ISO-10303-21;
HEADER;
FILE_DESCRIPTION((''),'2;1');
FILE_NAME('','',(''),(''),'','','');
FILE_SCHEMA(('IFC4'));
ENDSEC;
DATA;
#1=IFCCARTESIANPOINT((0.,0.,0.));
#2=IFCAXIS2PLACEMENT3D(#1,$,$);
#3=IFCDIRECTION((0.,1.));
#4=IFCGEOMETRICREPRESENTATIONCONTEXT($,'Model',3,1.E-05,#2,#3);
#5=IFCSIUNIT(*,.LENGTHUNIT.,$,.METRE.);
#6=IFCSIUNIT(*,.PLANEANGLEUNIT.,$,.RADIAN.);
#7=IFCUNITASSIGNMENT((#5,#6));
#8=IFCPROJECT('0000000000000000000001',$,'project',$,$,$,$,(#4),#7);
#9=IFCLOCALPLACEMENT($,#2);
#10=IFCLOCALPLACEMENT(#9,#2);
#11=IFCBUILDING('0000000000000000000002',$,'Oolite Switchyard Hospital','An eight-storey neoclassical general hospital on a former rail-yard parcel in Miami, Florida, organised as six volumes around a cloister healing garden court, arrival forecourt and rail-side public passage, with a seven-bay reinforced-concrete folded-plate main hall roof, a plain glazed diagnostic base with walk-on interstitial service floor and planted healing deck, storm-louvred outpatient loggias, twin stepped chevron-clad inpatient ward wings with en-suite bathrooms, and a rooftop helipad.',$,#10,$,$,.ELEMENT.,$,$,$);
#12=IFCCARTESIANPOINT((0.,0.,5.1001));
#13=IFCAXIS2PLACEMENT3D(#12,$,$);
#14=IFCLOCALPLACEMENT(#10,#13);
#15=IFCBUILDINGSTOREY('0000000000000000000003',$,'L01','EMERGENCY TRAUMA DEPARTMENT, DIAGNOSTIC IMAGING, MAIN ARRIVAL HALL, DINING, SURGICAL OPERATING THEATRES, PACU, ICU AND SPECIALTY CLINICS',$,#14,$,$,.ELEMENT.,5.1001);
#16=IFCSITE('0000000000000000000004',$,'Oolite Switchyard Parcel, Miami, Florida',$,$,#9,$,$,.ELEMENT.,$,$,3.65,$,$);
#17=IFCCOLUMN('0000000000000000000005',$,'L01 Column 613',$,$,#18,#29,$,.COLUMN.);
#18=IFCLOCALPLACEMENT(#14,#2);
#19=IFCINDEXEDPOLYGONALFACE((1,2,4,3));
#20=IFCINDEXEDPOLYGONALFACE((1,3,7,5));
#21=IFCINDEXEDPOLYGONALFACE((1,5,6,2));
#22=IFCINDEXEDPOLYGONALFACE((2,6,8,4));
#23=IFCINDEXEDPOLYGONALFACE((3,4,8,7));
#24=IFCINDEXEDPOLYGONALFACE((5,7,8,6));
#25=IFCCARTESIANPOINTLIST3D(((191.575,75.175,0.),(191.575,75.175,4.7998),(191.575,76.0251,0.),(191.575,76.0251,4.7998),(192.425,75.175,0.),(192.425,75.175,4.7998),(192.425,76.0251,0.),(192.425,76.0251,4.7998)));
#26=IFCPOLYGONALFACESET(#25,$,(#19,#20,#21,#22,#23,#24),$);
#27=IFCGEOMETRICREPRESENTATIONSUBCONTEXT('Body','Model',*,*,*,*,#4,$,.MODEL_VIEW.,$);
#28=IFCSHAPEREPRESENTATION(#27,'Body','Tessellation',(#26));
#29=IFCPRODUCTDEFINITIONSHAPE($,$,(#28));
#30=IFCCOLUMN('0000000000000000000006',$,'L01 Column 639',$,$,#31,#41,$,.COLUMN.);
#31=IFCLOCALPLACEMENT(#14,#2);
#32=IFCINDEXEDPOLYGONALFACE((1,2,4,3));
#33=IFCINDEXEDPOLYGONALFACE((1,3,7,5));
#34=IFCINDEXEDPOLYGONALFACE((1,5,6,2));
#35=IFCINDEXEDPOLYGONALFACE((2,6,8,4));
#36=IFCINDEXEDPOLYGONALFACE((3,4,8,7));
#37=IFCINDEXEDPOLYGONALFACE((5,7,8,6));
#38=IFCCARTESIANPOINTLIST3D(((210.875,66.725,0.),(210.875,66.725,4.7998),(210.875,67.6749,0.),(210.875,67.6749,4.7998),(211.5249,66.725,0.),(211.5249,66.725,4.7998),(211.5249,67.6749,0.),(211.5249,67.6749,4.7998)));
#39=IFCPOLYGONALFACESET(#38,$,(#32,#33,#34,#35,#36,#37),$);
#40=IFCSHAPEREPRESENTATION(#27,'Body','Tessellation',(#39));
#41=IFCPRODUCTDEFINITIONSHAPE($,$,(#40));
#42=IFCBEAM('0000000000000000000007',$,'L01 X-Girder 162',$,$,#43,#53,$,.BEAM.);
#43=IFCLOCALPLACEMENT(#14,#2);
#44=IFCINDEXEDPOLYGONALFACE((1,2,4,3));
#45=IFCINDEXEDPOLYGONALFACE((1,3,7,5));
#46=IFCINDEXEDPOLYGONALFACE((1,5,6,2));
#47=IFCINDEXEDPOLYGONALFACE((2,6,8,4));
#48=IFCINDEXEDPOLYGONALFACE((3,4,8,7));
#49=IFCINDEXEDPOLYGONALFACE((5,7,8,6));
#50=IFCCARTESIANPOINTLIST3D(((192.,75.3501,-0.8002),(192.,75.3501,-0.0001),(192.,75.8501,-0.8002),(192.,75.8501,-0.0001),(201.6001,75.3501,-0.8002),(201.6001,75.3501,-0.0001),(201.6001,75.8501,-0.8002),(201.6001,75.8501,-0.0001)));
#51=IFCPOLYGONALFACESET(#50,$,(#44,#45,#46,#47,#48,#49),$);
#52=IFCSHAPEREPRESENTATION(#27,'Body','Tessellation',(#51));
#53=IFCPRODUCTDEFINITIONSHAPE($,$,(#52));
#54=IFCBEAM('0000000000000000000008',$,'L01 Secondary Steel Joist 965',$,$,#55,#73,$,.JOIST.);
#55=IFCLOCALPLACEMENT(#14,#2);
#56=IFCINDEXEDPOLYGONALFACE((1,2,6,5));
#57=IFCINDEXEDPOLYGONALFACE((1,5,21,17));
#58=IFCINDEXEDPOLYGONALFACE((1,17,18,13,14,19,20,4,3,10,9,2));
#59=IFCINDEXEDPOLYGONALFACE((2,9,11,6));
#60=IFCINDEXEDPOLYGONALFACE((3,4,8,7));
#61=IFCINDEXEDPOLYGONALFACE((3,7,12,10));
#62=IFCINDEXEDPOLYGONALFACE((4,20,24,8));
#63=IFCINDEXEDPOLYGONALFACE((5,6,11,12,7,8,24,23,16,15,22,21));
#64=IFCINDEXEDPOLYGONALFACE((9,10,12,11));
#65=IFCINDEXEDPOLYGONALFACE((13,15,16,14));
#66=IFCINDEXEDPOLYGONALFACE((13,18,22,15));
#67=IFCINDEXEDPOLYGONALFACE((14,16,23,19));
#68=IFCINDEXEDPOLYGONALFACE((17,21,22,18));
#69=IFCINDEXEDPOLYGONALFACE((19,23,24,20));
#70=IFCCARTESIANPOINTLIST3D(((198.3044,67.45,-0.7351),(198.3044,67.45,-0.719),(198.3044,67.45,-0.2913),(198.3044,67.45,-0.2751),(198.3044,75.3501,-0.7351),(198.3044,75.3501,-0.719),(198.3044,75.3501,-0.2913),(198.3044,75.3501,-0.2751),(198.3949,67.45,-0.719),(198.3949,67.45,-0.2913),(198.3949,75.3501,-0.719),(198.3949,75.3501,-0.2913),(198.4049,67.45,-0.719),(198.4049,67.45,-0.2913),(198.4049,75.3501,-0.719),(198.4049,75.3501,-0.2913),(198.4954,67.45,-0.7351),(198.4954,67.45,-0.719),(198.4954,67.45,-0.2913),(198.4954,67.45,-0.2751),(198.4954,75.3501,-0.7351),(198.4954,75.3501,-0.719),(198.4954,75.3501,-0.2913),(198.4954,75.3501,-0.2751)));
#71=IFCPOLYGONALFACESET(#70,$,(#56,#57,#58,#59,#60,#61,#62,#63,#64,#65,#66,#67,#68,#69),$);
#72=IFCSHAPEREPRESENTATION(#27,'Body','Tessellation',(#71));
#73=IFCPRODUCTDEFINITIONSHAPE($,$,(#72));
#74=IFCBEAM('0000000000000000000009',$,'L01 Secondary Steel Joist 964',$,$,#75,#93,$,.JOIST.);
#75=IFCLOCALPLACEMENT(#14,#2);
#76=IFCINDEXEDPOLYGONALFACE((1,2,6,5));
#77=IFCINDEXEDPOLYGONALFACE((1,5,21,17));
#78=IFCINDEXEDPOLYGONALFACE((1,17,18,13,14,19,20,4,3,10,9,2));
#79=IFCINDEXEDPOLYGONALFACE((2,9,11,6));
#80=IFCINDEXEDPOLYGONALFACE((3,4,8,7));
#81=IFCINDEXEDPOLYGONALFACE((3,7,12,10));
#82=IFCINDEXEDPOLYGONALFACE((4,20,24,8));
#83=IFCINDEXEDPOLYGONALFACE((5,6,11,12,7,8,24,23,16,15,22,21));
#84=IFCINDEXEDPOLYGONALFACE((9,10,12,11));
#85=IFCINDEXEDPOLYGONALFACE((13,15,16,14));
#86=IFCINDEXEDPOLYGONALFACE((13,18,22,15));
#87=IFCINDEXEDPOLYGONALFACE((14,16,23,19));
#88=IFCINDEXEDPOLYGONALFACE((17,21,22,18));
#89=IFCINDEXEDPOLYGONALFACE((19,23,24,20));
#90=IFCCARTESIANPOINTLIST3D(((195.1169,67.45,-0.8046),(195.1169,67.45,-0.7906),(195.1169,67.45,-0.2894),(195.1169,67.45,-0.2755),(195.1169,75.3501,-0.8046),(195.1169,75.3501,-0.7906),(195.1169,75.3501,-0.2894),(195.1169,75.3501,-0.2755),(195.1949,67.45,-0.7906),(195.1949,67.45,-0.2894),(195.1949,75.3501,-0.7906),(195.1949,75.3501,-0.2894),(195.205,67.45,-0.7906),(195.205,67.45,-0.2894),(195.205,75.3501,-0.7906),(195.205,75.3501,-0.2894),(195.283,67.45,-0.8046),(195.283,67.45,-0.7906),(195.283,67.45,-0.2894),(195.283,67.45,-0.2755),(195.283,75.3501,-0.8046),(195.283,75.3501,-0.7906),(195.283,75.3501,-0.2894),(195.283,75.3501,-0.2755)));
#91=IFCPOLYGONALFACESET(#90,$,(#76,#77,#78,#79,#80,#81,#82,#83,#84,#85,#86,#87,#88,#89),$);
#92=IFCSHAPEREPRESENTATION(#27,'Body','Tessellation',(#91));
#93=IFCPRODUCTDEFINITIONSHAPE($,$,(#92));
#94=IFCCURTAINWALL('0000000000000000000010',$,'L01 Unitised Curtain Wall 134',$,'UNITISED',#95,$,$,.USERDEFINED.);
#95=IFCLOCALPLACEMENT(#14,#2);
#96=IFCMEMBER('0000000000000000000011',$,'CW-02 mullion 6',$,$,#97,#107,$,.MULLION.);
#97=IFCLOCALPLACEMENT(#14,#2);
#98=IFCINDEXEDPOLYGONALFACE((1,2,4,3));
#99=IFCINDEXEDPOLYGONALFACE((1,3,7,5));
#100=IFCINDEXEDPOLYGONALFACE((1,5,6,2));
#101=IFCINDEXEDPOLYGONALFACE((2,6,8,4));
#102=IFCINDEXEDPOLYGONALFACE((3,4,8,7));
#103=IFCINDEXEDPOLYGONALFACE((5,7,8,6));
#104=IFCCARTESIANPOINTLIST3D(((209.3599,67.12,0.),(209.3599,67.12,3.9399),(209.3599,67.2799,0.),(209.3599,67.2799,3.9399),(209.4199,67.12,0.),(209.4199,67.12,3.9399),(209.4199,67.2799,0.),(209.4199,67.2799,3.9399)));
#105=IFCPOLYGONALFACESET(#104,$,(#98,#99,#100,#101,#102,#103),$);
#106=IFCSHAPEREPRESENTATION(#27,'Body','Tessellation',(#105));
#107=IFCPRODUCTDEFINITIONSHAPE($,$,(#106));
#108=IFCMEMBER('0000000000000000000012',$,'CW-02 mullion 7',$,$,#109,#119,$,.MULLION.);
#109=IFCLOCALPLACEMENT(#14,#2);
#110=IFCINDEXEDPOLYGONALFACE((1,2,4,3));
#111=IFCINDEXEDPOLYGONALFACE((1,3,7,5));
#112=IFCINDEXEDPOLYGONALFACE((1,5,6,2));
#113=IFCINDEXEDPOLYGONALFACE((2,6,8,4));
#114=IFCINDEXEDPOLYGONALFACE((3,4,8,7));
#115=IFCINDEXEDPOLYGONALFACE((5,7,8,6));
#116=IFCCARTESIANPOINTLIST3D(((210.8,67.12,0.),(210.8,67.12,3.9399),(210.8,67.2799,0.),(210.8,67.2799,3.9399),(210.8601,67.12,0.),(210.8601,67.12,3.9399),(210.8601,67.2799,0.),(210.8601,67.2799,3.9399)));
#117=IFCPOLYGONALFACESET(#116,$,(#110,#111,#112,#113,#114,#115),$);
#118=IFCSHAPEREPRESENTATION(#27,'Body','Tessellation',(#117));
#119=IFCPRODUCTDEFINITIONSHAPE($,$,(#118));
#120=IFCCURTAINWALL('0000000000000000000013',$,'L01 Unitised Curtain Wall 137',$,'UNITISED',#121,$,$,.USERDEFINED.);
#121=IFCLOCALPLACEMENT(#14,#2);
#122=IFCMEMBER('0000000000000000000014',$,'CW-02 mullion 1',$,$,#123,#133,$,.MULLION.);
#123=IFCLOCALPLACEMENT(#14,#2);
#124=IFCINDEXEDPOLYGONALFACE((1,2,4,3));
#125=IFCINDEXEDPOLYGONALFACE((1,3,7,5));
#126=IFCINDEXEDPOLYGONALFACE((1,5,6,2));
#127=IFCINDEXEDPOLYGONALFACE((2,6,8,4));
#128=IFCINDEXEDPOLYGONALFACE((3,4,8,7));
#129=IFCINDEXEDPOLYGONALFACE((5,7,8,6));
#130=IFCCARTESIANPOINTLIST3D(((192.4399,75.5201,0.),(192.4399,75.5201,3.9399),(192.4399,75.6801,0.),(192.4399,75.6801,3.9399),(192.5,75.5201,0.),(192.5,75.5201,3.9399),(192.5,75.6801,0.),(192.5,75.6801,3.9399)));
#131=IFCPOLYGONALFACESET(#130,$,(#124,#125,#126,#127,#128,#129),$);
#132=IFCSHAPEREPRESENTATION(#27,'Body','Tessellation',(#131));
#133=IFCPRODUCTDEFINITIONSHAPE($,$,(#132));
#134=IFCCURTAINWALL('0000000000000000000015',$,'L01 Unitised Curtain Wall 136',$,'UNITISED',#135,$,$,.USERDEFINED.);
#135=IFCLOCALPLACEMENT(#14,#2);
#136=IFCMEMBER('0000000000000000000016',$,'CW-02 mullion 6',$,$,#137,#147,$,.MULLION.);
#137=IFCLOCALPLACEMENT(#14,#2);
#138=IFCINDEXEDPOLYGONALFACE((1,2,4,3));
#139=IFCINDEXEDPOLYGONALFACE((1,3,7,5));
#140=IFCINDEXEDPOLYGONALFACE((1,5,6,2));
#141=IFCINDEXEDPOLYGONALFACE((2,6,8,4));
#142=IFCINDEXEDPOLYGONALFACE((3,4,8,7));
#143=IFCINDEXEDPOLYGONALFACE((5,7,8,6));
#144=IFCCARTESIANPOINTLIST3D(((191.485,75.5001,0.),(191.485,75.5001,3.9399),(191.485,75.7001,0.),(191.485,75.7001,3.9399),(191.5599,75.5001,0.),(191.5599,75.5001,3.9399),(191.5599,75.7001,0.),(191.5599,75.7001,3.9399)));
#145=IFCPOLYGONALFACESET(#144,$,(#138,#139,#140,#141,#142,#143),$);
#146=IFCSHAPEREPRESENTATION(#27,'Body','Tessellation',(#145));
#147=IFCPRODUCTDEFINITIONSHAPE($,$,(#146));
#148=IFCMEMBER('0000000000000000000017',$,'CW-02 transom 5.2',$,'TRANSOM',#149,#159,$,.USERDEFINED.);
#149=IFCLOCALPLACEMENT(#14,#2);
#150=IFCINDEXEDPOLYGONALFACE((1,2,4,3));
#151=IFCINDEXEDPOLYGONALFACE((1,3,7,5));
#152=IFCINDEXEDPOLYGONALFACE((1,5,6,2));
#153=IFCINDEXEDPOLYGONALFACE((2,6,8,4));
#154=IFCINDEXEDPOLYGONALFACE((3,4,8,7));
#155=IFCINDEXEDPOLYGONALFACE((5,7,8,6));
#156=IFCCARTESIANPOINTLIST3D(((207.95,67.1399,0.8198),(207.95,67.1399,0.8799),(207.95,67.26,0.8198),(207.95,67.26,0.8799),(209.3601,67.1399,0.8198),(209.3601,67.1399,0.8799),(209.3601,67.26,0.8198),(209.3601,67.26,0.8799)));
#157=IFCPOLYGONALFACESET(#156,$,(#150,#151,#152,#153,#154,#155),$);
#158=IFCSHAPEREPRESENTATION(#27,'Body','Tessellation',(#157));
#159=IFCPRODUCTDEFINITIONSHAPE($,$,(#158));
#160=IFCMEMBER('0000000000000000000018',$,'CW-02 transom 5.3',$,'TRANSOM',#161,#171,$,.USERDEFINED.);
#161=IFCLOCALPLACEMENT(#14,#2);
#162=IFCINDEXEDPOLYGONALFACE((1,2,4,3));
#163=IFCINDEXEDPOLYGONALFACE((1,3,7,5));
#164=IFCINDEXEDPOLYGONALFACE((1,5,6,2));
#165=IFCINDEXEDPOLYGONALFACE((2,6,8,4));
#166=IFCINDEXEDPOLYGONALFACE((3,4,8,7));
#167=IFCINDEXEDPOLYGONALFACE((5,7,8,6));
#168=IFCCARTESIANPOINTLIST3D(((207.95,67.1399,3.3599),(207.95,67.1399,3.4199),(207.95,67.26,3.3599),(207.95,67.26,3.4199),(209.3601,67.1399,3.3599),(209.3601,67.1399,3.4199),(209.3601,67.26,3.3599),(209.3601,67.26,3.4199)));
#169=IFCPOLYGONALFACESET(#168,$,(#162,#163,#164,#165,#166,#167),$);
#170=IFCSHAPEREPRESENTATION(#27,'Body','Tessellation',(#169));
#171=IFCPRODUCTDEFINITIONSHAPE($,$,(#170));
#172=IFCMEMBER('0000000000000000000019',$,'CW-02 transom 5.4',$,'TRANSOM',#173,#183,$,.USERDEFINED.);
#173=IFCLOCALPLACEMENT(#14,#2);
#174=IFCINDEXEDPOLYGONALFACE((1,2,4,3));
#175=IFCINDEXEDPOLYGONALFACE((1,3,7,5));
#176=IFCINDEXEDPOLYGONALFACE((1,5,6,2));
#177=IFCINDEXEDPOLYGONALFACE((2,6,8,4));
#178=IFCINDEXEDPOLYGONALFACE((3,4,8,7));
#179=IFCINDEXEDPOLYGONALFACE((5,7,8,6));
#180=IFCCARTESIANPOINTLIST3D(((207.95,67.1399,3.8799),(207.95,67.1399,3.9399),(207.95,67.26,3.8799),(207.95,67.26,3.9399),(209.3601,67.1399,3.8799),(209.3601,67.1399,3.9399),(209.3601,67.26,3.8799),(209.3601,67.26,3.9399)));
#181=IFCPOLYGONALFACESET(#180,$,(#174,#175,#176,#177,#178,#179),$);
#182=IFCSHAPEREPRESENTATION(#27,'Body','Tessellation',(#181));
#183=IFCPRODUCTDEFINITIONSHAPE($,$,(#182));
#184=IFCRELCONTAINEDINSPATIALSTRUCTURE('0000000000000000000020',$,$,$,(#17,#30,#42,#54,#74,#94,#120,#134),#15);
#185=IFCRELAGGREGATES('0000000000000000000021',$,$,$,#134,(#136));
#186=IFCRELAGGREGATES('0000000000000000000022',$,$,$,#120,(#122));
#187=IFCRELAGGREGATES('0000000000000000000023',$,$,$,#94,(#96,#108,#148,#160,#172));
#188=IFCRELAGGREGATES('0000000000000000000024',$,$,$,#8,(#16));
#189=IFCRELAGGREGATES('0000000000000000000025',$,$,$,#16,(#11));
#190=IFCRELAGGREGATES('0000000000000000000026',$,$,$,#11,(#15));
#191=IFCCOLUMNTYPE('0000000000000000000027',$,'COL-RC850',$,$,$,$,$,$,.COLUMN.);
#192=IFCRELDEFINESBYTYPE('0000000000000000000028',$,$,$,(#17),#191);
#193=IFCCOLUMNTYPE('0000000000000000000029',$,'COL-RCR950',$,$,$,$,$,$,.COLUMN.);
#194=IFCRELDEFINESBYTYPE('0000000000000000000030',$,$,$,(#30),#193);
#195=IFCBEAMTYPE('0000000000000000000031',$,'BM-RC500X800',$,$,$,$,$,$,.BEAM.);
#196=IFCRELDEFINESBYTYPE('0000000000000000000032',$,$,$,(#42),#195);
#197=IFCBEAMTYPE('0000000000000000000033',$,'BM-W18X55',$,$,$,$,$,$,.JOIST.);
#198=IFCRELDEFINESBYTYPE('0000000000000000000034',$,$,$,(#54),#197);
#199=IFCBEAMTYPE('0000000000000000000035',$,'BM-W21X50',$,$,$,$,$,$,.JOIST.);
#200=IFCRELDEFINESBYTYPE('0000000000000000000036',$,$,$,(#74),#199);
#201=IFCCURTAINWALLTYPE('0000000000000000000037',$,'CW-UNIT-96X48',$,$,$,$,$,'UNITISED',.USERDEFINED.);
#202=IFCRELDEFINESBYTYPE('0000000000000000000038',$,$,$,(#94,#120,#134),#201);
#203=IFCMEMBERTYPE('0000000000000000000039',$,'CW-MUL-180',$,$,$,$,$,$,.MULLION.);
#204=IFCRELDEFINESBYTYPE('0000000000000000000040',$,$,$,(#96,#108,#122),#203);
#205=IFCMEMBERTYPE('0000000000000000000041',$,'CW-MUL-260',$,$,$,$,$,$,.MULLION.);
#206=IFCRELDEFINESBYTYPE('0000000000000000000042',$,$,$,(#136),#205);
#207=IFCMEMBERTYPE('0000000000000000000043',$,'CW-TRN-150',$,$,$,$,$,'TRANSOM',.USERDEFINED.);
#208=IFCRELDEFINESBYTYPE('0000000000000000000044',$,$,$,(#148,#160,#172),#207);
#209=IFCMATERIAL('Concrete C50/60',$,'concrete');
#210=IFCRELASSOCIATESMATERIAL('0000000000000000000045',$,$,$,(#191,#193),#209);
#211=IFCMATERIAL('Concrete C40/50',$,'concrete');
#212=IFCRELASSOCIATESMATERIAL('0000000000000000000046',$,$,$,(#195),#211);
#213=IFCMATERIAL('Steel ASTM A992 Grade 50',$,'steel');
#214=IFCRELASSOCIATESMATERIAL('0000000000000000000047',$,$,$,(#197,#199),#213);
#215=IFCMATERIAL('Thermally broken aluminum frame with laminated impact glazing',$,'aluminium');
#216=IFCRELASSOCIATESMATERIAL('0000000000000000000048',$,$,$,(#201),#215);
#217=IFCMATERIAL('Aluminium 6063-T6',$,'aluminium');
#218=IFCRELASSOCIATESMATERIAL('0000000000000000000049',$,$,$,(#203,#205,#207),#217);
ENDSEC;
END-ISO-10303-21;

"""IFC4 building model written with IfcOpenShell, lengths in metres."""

from ifc_helpers import new_model, si_unit, direction, frame, origin, origin_2d, place, context, subcontext, project, spatial, rectangle, i_section, extrude, material, material_profile, profile_set, type_object, element, aggregate, save


model = new_model("IFC4")

# Units and contexts
model_context = context("Model", 3, precision=1e-05, world=origin(), true_north=direction((0.0, 1.0)))
body_context = subcontext(model_context, "Body", "Model", "MODEL_VIEW")
ifc_project = project(units=[si_unit("LENGTHUNIT", "METRE"), si_unit("PLANEANGLEUNIT", "RADIAN")], contexts=[model_context])

# Site, building, storey
site_placement = place(None, origin())
site = spatial("IfcSite", under=ifc_project, at=site_placement, Name="Oolite Switchyard Parcel, Miami, Florida", CompositionType="ELEMENT", RefElevation=3.65)
building_placement = place(site_placement, origin())
building = spatial("IfcBuilding", under=site, at=building_placement, Name="Oolite Switchyard Hospital", Description="An eight-storey neoclassical general hospital on a former rail-yard parcel in Miami, Florida, organised as six volumes around a cloister healing garden court, arrival forecourt and rail-side public passage, with a seven-bay reinforced-concrete folded-plate main hall roof, a plain glazed diagnostic base with walk-on interstitial service floor and planted healing deck, storm-louvred outpatient loggias, twin stepped chevron-clad inpatient ward wings with en-suite bathrooms, and a rooftop helipad.", CompositionType="ELEMENT")
storey_placement = place(building_placement, frame((0.0, 0.0, 5.1001)))
storey = spatial("IfcBuildingStorey", under=building, at=storey_placement, Name="L01", Description="EMERGENCY TRAUMA DEPARTMENT, DIAGNOSTIC IMAGING, MAIN ARRIVAL HALL, DINING, SURGICAL OPERATING THEATRES, PACU, ICU AND SPECIALTY CLINICS", CompositionType="ELEMENT", Elevation=5.1001)

# Columns
ifc_material_1 = material(Name="Concrete C50/60", Category="concrete")
ifc_material_profile_1 = material_profile(ifc_material_1, rectangle(XDim=0.8501, YDim=0.8501, at=origin_2d()), Name="RC850X850")
ifc_profile_set_1 = profile_set([ifc_material_profile_1], Name="Concrete C50/60")
column_type_1 = type_object("IfcColumnType", Name="COL-RC850", PredefinedType="COLUMN", material=ifc_profile_set_1)
column_1_placement = place(storey_placement, frame((192.0, 75.6001, 0.0), z_axis=(0.0, 0.0, 1.0), x_axis=(1.0, 0.0, 0.0)))
element("IfcColumn", 1, at=column_1_placement, inside=storey, type_object=column_type_1, Name="L01 Column 613", PredefinedType="COLUMN", context=body_context, shape_type="SweptSolid", body=[
    extrude(rectangle(XDim=0.8501, YDim=0.8501, at=origin_2d()), origin(), (0.0, 0.0, 1.0), 4.7998),
])
ifc_material_profile_2 = material_profile(ifc_material_1, rectangle(XDim=0.95, YDim=0.6499, at=origin_2d()), Name="RC950X650")
ifc_profile_set_2 = profile_set([ifc_material_profile_2], Name="Concrete C50/60")
column_type_2 = type_object("IfcColumnType", Name="COL-RCR950", PredefinedType="COLUMN", material=ifc_profile_set_2)
column_2_placement = place(storey_placement, frame((211.2, 67.2, 0.0), z_axis=(0.0, 0.0, 1.0), x_axis=(0.0, 1.0, 0.0)))
element("IfcColumn", 2, at=column_2_placement, inside=storey, type_object=column_type_2, Name="L01 Column 639", PredefinedType="COLUMN", context=body_context, shape_type="SweptSolid", body=[
    extrude(rectangle(XDim=0.95, YDim=0.6499, at=origin_2d()), origin(), (0.0, 0.0, 1.0), 4.7998),
])

# Beams
ifc_material_2 = material(Name="Concrete C40/50", Category="concrete")
ifc_material_profile_3 = material_profile(ifc_material_2, rectangle(XDim=0.5, YDim=0.8, at=origin_2d()), Name="RCB500X800")
ifc_profile_set_3 = profile_set([ifc_material_profile_3], Name="Concrete C40/50")
beam_type_1 = type_object("IfcBeamType", Name="BM-RC500X800", PredefinedType="BEAM", material=ifc_profile_set_3)
beam_1_placement = place(storey_placement, frame((192.0, 75.6001, -0.4001), z_axis=(1.0, 0.0, 0.0), x_axis=(0.0, 1.0, 0.0)))
element("IfcBeam", 3, at=beam_1_placement, inside=storey, type_object=beam_type_1, Name="L01 X-Girder 162", PredefinedType="BEAM", context=body_context, shape_type="SweptSolid", body=[
    extrude(rectangle(XDim=0.5, YDim=0.8, at=origin_2d()), origin(), (0.0, 0.0, 1.0), 9.6001),
])
ifc_material_3 = material(Name="Steel ASTM A992 Grade 50", Category="steel")
ifc_material_profile_4 = material_profile(ifc_material_3, i_section(OverallWidth=0.1909, OverallDepth=0.46, WebThickness=0.01, FlangeThickness=0.0161, at=origin_2d()), Name="W18X55")
ifc_profile_set_4 = profile_set([ifc_material_profile_4], Name="Steel ASTM A992 Grade 50")
beam_type_2 = type_object("IfcBeamType", Name="BM-W18X55", PredefinedType="JOIST", material=ifc_profile_set_4)
beam_2_placement = place(storey_placement, frame((198.3999, 67.45, -0.5051), z_axis=(0.0, 1.0, 0.0), x_axis=(-1.0, 0.0, 0.0)))
element("IfcBeam", 4, at=beam_2_placement, inside=storey, type_object=beam_type_2, Name="L01 Secondary Steel Joist 965", PredefinedType="JOIST", context=body_context, shape_type="SweptSolid", body=[
    extrude(i_section(OverallWidth=0.1909, OverallDepth=0.46, WebThickness=0.01, FlangeThickness=0.0161, at=origin_2d()), origin(), (0.0, 0.0, 1.0), 7.9001),
])
ifc_material_profile_5 = material_profile(ifc_material_3, i_section(OverallWidth=0.166, OverallDepth=0.5291, WebThickness=0.01, FlangeThickness=0.0139, at=origin_2d()), Name="W21X50")
ifc_profile_set_5 = profile_set([ifc_material_profile_5], Name="Steel ASTM A992 Grade 50")
beam_type_3 = type_object("IfcBeamType", Name="BM-W21X50", PredefinedType="JOIST", material=ifc_profile_set_5)
beam_3_placement = place(storey_placement, frame((195.2, 67.45, -0.54), z_axis=(0.0, 1.0, 0.0), x_axis=(-1.0, 0.0, 0.0)))
element("IfcBeam", 5, at=beam_3_placement, inside=storey, type_object=beam_type_3, Name="L01 Secondary Steel Joist 964", PredefinedType="JOIST", context=body_context, shape_type="SweptSolid", body=[
    extrude(i_section(OverallWidth=0.166, OverallDepth=0.5291, WebThickness=0.01, FlangeThickness=0.0139, at=origin_2d()), origin(), (0.0, 0.0, 1.0), 7.9001),
])

# Curtain wall, members
ifc_material_4 = material(Name="Thermally broken aluminum frame with laminated impact glazing", Category="aluminium")
curtain_wall_type = type_object("IfcCurtainWallType", Name="CW-UNIT-96X48", ElementType="UNITISED", PredefinedType="USERDEFINED", material=ifc_material_4)
curtain_wall_1_placement = place(storey_placement, origin())
curtain_wall_1 = element("IfcCurtainWall", 6, at=curtain_wall_1_placement, inside=storey, type_object=curtain_wall_type, Name="L01 Unitised Curtain Wall 134", ObjectType="UNITISED", PredefinedType="USERDEFINED")
ifc_material_5 = material(Name="Aluminium 6063-T6", Category="aluminium")
ifc_material_profile_6 = material_profile(ifc_material_5, rectangle(XDim=0.1599, YDim=0.0601, at=origin_2d()), Name="CWM60X160")
ifc_profile_set_6 = profile_set([ifc_material_profile_6], Name="Aluminium 6063-T6")
member_type_1 = type_object("IfcMemberType", Name="CW-MUL-180", PredefinedType="MULLION", material=ifc_profile_set_6)
member_1_placement = place(storey_placement, frame((209.3899, 67.2, 0.0), z_axis=(0.0, 0.0, 1.0), x_axis=(0.0, 1.0, 0.0)))
member_1 = element("IfcMember", 7, at=member_1_placement, type_object=member_type_1, Name="CW-02 mullion 6", PredefinedType="MULLION", context=body_context, shape_type="SweptSolid", body=[
    extrude(rectangle(XDim=0.1599, YDim=0.0601, at=origin_2d()), origin(), (0.0, 0.0, 1.0), 3.9399),
])
member_2_placement = place(storey_placement, frame((210.8301, 67.2, 0.0), z_axis=(0.0, 0.0, 1.0), x_axis=(0.0, 1.0, 0.0)))
member_2 = element("IfcMember", 8, at=member_2_placement, type_object=member_type_1, Name="CW-02 mullion 7", PredefinedType="MULLION", context=body_context, shape_type="SweptSolid", body=[
    extrude(rectangle(XDim=0.1599, YDim=0.0601, at=origin_2d()), origin(), (0.0, 0.0, 1.0), 3.9399),
])

# Curtain walls, members
curtain_wall_2_placement = place(storey_placement, origin())
curtain_wall_2 = element("IfcCurtainWall", 9, at=curtain_wall_2_placement, inside=storey, type_object=curtain_wall_type, Name="L01 Unitised Curtain Wall 137", ObjectType="UNITISED", PredefinedType="USERDEFINED")
member_3_placement = place(storey_placement, frame((192.47, 75.6001, 0.0), z_axis=(0.0, 0.0, 1.0), x_axis=(0.0, 1.0, 0.0)))
member_3 = element("IfcMember", 10, at=member_3_placement, type_object=member_type_1, Name="CW-02 mullion 1", PredefinedType="MULLION", context=body_context, shape_type="SweptSolid", body=[
    extrude(rectangle(XDim=0.1599, YDim=0.0601, at=origin_2d()), origin(), (0.0, 0.0, 1.0), 3.9399),
])
curtain_wall_3_placement = place(storey_placement, origin())
curtain_wall_3 = element("IfcCurtainWall", 11, at=curtain_wall_3_placement, inside=storey, type_object=curtain_wall_type, Name="L01 Unitised Curtain Wall 136", ObjectType="UNITISED", PredefinedType="USERDEFINED")
ifc_material_profile_7 = material_profile(ifc_material_5, rectangle(XDim=0.2, YDim=0.075, at=origin_2d()), Name="CWM75X200")
ifc_profile_set_7 = profile_set([ifc_material_profile_7], Name="Aluminium 6063-T6")
member_type_2 = type_object("IfcMemberType", Name="CW-MUL-260", PredefinedType="MULLION", material=ifc_profile_set_7)
member_4_placement = place(storey_placement, frame((191.5225, 75.6001, 0.0), z_axis=(0.0, 0.0, 1.0), x_axis=(0.0, 1.0, 0.0)))
member_4 = element("IfcMember", 12, at=member_4_placement, type_object=member_type_2, Name="CW-02 mullion 6", PredefinedType="MULLION", context=body_context, shape_type="SweptSolid", body=[
    extrude(rectangle(XDim=0.2, YDim=0.075, at=origin_2d()), origin(), (0.0, 0.0, 1.0), 3.9399),
])
aggregate(curtain_wall_3, [member_4])

# Members
ifc_material_profile_8 = material_profile(ifc_material_5, rectangle(XDim=0.1201, YDim=0.0601, at=origin_2d()), Name="CWT60X120")
ifc_profile_set_8 = profile_set([ifc_material_profile_8], Name="Aluminium 6063-T6")
member_type_3 = type_object("IfcMemberType", Name="CW-TRN-150", ElementType="TRANSOM", PredefinedType="USERDEFINED", material=ifc_profile_set_8)
member_5_placement = place(storey_placement, frame((207.95, 67.2, 0.8499), z_axis=(1.0, 0.0, 0.0), x_axis=(0.0, 1.0, 0.0)))
member_5 = element("IfcMember", 13, at=member_5_placement, type_object=member_type_3, Name="CW-02 transom 5.2", ObjectType="TRANSOM", PredefinedType="USERDEFINED", context=body_context, shape_type="SweptSolid", body=[
    extrude(rectangle(XDim=0.1201, YDim=0.0601, at=origin_2d()), origin(), (0.0, 0.0, 1.0), 1.4102),
])
member_6_placement = place(storey_placement, frame((207.95, 67.2, 3.3899), z_axis=(1.0, 0.0, 0.0), x_axis=(0.0, 1.0, 0.0)))
member_6 = element("IfcMember", 14, at=member_6_placement, type_object=member_type_3, Name="CW-02 transom 5.3", ObjectType="TRANSOM", PredefinedType="USERDEFINED", context=body_context, shape_type="SweptSolid", body=[
    extrude(rectangle(XDim=0.1201, YDim=0.0601, at=origin_2d()), origin(), (0.0, 0.0, 1.0), 1.4102),
])
member_7_placement = place(storey_placement, frame((207.95, 67.2, 3.9099), z_axis=(1.0, 0.0, 0.0), x_axis=(0.0, 1.0, 0.0)))
member_7 = element("IfcMember", 15, at=member_7_placement, type_object=member_type_3, Name="CW-02 transom 5.4", ObjectType="TRANSOM", PredefinedType="USERDEFINED", context=body_context, shape_type="SweptSolid", body=[
    extrude(rectangle(XDim=0.1201, YDim=0.0601, at=origin_2d()), origin(), (0.0, 0.0, 1.0), 1.4102),
])
aggregate(curtain_wall_2, [member_3])

aggregate(curtain_wall_1, [member_1, member_2, member_5, member_6, member_7])

save(model, "model.ifc")
